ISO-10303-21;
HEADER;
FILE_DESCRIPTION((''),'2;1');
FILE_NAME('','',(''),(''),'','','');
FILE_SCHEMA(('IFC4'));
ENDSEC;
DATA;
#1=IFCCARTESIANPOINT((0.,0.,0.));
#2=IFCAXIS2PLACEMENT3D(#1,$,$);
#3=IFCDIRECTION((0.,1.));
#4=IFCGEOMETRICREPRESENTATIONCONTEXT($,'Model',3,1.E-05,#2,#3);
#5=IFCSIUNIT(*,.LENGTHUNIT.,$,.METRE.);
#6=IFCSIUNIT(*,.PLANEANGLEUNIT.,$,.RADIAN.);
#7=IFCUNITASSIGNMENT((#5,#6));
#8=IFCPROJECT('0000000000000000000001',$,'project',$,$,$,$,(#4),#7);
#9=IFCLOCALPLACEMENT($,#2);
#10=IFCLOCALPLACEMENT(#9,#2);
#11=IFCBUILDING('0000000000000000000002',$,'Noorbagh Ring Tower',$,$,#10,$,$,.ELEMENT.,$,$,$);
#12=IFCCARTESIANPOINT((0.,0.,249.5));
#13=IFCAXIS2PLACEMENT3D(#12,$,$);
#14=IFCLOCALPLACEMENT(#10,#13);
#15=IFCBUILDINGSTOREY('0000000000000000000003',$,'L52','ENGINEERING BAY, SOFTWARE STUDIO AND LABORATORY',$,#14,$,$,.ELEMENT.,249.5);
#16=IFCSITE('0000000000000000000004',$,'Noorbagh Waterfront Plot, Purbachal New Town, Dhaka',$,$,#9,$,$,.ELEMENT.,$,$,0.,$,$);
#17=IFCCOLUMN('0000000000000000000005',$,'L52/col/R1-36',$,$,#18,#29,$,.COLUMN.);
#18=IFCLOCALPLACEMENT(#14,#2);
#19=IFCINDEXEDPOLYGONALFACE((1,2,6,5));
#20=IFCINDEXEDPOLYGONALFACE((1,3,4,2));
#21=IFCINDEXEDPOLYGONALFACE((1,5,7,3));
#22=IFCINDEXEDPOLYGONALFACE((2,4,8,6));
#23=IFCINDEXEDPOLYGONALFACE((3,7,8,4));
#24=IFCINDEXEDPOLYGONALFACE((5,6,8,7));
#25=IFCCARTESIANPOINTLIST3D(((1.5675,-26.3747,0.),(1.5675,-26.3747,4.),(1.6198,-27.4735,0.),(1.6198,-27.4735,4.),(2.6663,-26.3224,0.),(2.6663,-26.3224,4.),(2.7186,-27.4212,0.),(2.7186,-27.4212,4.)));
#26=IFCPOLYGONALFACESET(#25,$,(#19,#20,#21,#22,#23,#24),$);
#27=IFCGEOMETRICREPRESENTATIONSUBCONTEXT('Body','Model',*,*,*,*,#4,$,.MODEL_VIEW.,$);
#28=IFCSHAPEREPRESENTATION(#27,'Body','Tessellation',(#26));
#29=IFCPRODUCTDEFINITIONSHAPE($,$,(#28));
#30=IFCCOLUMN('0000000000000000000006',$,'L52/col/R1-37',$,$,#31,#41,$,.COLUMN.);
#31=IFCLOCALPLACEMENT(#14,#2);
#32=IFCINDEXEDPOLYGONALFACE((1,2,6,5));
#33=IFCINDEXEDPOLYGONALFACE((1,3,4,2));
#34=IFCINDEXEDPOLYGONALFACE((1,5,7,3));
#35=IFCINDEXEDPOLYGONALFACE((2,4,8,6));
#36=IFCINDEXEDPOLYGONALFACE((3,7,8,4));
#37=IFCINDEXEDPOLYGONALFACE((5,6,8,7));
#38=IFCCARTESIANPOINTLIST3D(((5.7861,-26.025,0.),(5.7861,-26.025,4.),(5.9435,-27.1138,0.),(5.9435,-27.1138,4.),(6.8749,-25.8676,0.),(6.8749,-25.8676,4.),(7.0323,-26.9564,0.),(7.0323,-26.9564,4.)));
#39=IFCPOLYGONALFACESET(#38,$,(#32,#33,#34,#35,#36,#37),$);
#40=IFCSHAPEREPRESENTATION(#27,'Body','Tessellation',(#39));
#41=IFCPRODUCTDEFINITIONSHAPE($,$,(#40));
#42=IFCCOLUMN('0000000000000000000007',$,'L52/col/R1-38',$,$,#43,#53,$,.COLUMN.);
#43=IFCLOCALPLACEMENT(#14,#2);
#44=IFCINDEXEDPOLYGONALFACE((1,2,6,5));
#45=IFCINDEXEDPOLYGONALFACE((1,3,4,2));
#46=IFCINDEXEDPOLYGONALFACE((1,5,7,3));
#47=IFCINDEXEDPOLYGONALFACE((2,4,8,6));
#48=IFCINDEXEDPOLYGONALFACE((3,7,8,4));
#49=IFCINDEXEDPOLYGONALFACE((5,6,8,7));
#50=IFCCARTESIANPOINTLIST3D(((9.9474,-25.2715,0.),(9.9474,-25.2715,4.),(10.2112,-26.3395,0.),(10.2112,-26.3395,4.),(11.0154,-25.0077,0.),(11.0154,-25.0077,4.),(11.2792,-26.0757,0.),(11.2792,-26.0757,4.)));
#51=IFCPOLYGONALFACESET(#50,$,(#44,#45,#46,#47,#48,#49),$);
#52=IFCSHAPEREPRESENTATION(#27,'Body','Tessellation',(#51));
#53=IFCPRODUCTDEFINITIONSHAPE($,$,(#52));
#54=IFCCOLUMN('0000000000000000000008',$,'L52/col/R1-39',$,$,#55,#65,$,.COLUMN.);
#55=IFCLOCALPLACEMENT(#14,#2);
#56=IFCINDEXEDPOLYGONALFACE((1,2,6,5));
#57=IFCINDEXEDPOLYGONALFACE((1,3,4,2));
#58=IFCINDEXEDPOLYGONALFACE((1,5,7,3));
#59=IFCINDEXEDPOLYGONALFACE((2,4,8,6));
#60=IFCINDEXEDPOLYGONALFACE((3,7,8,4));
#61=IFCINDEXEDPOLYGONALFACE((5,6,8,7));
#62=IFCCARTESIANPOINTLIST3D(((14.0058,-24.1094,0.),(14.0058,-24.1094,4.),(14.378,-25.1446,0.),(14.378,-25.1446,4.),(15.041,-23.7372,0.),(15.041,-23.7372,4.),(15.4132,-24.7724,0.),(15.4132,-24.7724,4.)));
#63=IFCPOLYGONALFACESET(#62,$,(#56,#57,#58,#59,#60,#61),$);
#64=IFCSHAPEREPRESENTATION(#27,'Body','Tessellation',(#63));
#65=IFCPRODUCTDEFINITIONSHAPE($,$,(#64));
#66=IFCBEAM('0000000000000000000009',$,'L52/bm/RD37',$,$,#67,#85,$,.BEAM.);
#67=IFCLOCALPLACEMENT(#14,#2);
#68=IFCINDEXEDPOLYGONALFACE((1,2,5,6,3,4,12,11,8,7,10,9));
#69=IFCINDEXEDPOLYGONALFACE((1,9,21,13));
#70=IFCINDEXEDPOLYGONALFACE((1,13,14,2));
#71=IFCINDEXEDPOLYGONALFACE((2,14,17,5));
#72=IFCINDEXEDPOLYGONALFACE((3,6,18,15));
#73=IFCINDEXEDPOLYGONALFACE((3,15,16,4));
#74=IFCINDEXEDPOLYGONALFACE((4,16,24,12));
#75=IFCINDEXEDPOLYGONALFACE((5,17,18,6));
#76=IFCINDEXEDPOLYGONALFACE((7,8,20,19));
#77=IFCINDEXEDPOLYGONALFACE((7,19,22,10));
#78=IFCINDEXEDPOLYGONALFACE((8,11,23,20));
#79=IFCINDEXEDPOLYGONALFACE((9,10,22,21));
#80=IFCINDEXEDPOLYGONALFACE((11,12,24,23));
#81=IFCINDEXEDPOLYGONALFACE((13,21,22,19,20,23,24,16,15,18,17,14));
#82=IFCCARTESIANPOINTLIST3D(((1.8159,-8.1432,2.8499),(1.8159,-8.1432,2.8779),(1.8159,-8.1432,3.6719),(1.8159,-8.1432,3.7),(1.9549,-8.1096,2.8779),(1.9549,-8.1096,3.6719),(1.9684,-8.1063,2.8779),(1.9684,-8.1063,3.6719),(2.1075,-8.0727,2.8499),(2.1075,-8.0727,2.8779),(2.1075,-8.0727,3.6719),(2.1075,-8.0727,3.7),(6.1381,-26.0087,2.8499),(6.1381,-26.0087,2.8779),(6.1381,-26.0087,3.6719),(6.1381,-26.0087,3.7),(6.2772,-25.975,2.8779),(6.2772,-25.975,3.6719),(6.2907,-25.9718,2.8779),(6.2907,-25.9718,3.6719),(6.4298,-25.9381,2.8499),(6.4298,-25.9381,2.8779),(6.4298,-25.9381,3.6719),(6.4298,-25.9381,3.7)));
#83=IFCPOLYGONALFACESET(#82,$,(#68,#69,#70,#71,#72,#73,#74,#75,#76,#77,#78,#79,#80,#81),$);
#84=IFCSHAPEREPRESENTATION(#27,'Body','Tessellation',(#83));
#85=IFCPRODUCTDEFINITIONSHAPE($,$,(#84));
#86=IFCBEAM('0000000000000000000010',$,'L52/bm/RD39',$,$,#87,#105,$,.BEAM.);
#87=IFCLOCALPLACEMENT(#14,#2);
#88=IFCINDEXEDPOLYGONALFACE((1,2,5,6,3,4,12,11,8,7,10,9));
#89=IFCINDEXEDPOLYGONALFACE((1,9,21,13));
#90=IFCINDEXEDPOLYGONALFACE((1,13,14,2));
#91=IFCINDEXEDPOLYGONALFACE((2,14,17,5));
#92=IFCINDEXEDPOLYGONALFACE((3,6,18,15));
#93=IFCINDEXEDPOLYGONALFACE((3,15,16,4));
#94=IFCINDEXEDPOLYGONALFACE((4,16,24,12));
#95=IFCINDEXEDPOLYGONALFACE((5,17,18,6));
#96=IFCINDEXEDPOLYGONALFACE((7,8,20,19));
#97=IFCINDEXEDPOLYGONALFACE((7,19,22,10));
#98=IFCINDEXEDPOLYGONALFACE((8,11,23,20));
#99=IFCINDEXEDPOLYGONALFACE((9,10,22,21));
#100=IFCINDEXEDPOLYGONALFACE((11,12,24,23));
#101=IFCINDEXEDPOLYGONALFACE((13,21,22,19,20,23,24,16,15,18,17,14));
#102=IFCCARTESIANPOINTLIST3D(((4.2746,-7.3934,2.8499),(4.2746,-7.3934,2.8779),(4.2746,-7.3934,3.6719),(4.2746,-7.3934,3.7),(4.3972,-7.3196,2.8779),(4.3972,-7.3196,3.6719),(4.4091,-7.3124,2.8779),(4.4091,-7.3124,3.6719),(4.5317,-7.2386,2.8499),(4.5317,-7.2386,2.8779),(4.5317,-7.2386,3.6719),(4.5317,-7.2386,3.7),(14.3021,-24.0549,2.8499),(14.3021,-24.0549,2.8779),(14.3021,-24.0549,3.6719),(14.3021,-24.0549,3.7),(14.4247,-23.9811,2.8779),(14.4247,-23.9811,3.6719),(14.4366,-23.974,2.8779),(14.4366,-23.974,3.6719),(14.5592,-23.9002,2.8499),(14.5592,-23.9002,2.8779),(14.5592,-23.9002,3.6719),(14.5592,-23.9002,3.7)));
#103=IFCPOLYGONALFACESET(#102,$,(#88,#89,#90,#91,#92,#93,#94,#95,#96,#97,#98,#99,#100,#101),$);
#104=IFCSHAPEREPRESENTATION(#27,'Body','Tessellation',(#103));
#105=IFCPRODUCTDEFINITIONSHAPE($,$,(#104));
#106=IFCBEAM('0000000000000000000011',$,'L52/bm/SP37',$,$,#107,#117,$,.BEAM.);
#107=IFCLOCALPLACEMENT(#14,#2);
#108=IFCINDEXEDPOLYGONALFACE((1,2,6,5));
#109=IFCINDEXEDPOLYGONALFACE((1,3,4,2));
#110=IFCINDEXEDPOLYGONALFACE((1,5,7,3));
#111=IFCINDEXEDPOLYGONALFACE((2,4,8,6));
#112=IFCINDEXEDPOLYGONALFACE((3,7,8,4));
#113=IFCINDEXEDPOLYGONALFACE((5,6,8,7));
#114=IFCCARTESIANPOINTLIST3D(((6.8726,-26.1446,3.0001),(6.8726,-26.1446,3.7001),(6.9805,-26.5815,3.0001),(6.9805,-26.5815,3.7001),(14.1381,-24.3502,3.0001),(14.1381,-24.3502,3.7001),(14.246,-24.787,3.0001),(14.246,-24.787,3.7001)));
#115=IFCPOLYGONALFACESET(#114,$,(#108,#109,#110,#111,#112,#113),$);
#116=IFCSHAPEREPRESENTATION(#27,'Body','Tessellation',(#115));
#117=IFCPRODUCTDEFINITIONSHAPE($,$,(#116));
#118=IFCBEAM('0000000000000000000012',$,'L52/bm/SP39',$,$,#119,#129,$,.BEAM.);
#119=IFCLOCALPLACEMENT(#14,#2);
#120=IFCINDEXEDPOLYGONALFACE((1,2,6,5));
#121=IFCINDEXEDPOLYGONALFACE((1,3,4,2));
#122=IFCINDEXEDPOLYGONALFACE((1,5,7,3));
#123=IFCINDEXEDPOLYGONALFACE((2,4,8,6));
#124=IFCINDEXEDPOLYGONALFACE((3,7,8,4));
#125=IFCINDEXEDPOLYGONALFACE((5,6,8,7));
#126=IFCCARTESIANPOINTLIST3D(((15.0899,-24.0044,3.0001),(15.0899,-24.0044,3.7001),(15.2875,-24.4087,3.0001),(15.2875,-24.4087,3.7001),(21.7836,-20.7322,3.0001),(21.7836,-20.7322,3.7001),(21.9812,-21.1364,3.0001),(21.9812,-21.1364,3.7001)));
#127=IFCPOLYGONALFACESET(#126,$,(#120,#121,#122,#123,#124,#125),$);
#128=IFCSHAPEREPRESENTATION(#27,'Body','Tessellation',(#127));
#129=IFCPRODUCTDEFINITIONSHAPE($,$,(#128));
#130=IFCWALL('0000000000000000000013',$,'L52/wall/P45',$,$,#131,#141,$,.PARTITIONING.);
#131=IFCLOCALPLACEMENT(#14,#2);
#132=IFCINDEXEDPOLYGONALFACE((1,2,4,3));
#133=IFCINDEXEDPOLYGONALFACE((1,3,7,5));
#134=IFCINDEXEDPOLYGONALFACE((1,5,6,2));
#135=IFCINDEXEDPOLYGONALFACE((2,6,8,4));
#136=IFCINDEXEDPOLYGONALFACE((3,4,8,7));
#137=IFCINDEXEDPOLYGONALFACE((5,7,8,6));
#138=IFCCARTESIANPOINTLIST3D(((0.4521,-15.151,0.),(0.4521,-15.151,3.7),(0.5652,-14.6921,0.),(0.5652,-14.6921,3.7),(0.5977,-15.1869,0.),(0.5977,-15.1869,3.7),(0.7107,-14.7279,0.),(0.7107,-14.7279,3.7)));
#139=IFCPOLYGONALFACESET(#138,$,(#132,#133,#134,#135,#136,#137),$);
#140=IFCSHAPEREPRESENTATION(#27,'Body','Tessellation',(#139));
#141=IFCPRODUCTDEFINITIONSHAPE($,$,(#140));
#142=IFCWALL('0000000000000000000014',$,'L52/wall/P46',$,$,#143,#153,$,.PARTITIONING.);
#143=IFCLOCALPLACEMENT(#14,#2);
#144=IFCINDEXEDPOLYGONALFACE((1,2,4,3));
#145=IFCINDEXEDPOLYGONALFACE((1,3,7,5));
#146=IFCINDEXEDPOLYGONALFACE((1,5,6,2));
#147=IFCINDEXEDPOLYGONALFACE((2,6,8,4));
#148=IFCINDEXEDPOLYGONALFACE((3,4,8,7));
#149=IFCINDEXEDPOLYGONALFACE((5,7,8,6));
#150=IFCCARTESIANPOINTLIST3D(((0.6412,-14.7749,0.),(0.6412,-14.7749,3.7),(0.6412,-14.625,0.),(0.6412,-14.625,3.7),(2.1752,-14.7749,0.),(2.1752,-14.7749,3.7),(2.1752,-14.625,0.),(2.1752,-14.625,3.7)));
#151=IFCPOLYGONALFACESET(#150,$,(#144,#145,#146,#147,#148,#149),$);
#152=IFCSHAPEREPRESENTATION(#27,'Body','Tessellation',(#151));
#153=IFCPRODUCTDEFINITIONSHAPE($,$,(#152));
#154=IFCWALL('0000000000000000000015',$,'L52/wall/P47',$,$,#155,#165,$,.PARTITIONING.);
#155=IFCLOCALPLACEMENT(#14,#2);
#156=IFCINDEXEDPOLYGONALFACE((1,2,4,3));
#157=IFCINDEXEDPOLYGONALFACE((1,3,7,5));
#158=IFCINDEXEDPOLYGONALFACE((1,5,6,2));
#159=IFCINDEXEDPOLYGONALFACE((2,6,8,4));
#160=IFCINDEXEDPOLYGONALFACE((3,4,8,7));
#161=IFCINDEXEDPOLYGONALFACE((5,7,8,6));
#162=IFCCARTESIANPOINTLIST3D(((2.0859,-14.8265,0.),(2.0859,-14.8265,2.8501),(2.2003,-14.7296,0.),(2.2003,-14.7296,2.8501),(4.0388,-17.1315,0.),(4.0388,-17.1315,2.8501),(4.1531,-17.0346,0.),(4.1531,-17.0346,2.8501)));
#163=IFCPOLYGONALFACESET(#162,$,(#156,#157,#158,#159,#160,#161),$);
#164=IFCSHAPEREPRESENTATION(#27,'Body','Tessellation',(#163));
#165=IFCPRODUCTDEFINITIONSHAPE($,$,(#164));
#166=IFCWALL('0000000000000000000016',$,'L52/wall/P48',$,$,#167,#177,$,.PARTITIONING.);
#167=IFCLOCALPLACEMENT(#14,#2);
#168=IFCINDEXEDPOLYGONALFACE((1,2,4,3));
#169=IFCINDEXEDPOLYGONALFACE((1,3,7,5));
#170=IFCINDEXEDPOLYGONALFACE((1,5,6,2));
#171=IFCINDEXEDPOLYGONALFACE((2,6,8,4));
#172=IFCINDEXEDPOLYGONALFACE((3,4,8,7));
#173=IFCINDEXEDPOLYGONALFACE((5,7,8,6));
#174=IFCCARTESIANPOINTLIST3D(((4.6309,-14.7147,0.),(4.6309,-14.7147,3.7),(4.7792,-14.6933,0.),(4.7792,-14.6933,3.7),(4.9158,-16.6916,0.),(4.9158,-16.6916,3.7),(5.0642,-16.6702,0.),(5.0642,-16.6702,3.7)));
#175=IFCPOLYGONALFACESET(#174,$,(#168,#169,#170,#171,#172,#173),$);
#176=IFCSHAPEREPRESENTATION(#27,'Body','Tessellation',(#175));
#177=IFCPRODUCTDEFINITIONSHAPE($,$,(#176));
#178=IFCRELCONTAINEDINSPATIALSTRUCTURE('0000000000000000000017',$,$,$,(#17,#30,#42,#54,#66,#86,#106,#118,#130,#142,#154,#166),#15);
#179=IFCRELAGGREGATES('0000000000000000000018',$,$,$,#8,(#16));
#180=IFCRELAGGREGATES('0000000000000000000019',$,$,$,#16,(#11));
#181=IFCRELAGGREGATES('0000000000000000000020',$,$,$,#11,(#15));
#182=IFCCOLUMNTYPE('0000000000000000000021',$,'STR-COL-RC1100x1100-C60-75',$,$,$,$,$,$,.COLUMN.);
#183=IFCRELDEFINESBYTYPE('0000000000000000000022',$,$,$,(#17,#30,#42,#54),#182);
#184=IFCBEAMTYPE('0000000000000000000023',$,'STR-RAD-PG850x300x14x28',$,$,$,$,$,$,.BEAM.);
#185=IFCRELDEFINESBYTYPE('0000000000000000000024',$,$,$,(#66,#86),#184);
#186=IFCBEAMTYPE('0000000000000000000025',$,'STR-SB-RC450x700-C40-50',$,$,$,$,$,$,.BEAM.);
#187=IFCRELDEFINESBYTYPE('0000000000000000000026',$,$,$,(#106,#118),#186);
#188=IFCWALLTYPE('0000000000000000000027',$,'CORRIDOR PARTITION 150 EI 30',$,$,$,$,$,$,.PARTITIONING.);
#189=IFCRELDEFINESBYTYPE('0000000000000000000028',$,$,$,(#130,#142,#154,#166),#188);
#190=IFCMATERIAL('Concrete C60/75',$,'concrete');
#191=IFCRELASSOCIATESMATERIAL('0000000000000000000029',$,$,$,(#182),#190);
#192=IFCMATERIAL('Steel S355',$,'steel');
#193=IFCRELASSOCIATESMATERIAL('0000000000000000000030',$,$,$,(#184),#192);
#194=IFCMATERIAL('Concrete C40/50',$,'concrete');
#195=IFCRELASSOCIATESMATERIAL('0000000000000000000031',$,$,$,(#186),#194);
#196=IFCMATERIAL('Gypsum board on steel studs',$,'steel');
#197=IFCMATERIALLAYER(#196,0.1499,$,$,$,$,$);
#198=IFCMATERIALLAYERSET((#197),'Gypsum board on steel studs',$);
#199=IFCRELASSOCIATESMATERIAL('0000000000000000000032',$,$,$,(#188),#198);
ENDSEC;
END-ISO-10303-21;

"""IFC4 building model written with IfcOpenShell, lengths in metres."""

from ifc_helpers import new_model, si_unit, direction, frame, frame_2d, origin, origin_2d, place, context, subcontext, project, spatial, rectangle, i_section, extrude, material, layer, layer_set, material_profile, profile_set, type_object, element, save


model = new_model("IFC4")

# Units and contexts
model_context = context("Model", 3, precision=1e-05, world=origin(), true_north=direction((0.0, 1.0)))
body_context = subcontext(model_context, "Body", "Model", "MODEL_VIEW")
ifc_project = project(units=[si_unit("LENGTHUNIT", "METRE"), si_unit("PLANEANGLEUNIT", "RADIAN")], contexts=[model_context])

# Site, building, storey
site_placement = place(None, origin())
site = spatial("IfcSite", under=ifc_project, at=site_placement, Name="Noorbagh Waterfront Plot, Purbachal New Town, Dhaka", CompositionType="ELEMENT", RefElevation=0.0)
building_placement = place(site_placement, origin())
building = spatial("IfcBuilding", under=site, at=building_placement, Name="Noorbagh Ring Tower", CompositionType="ELEMENT")
storey_placement = place(building_placement, frame((0.0, 0.0, 249.5)))
storey = spatial("IfcBuildingStorey", under=building, at=storey_placement, Name="L52", Description="ENGINEERING BAY, SOFTWARE STUDIO AND LABORATORY", CompositionType="ELEMENT", Elevation=249.5)

# Columns
ifc_material_1 = material(Name="Concrete C60/75", Category="concrete")
ifc_material_profile_1 = material_profile(ifc_material_1, rectangle(XDim=1.1001, YDim=1.1001, at=origin_2d()), Name="RC1100x1100")
ifc_profile_set_1 = profile_set([ifc_material_profile_1], Name="Concrete C60/75")
column_type = type_object("IfcColumnType", Name="STR-COL-RC1100x1100-C60-75", PredefinedType="COLUMN", material=ifc_profile_set_1)
for number, where, z_axis, x_axis, name in (
    (1, (2.1431, -26.8979, 0.0), (0.0, 0.0, 1.0), (0.998869, 0.047553, 0.0), "L52/col/R1-36"),
    (2, (6.4092, -26.4907, 0.0), (0.0, 0.0, 1.0), (0.989713, 0.143066, 0.0), "L52/col/R1-37"),
    (3, (10.6133, -25.6736, 0.0), (0.0, 0.0, 1.0), (0.970829, 0.239771, 0.0), "L52/col/R1-38"),
    (4, (14.7095, -24.4409, 0.0), (0.0, 0.0, 1.0), (0.941025, 0.338338, 0.0), "L52/col/R1-39"),
):
    element("IfcColumn", number, at=place(storey_placement, frame(where, z_axis=z_axis, x_axis=x_axis)), inside=storey, type_object=column_type, Name=name, PredefinedType="COLUMN", context=body_context, shape_type="SweptSolid", body=[
        extrude(rectangle(XDim=1.1001, YDim=1.1001, at=origin_2d()), origin(), (0.0, 0.0, 1.0), 4.0),
    ])

# Beams
ifc_material_2 = material(Name="Steel S355", Category="steel")
ifc_material_profile_2 = material_profile(ifc_material_2, i_section(OverallWidth=0.3, OverallDepth=0.8501, WebThickness=0.0139, FlangeThickness=0.0281, at=origin_2d()), Name="PG850x300x14x28")
ifc_profile_set_2 = profile_set([ifc_material_profile_2], Name="Steel S355")
beam_type_1 = type_object("IfcBeamType", Name="STR-RAD-PG850x300x14x28", PredefinedType="BEAM", material=ifc_profile_set_2)
beam_1_placement = place(storey_placement, frame((6.2839, -25.9734, 3.2749), z_axis=(-0.23515, 0.971959, 0.0), x_axis=(-0.971959, -0.23515, 0.0)))
element("IfcBeam", 5, at=beam_1_placement, inside=storey, type_object=beam_type_1, Name="L52/bm/RD37", PredefinedType="BEAM", context=body_context, shape_type="SweptSolid", body=[
    extrude(i_section(OverallWidth=0.3, OverallDepth=0.8501, WebThickness=0.0139, FlangeThickness=0.0281, at=origin_2d()), origin(), (0.0, 0.0, 1.0), 18.3809),
])
beam_2_placement = place(storey_placement, frame((14.4307, -23.9775, 3.2749), z_axis=(-0.515653, 0.856798, 0.0), x_axis=(-0.856798, -0.515653, 0.0)))
element("IfcBeam", 6, at=beam_2_placement, inside=storey, type_object=beam_type_1, Name="L52/bm/RD39", PredefinedType="BEAM", context=body_context, shape_type="SweptSolid", body=[
    extrude(i_section(OverallWidth=0.3, OverallDepth=0.8501, WebThickness=0.0139, FlangeThickness=0.0281, at=origin_2d()), origin(), (0.0, 0.0, 1.0), 19.4463),
])
ifc_material_3 = material(Name="Concrete C40/50", Category="concrete")
ifc_material_profile_3 = material_profile(ifc_material_3, rectangle(XDim=0.45, YDim=0.7, at=origin_2d()), Name="RC450x700")
ifc_profile_set_3 = profile_set([ifc_material_profile_3], Name="Concrete C40/50")
beam_type_2 = type_object("IfcBeamType", Name="STR-SB-RC450x700-C40-50", PredefinedType="BEAM", material=ifc_profile_set_3)
beam_3_placement = place(storey_placement, frame((6.9265, -26.363, 3.3501), z_axis=(0.970829, 0.239771, 0.0), x_axis=(-0.239771, 0.970829, 0.0)))
element("IfcBeam", 7, at=beam_3_placement, inside=storey, type_object=beam_type_2, Name="L52/bm/SP37", PredefinedType="BEAM", context=body_context, shape_type="SweptSolid", body=[
    extrude(rectangle(XDim=0.45, YDim=0.7, at=origin_2d()), origin(), (0.0, 0.0, 1.0), 7.4839),
])
beam_4_placement = place(storey_placement, frame((15.1887, -24.2065, 3.3501), z_axis=(0.898396, 0.439187, 0.0), x_axis=(-0.439187, 0.898396, 0.0)))
element("IfcBeam", 8, at=beam_4_placement, inside=storey, type_object=beam_type_2, Name="L52/bm/SP39", PredefinedType="BEAM", context=body_context, shape_type="SweptSolid", body=[
    extrude(rectangle(XDim=0.45, YDim=0.7, at=origin_2d()), origin(), (0.0, 0.0, 1.0), 7.4507),
])

# Walls
ifc_material_4 = material(Name="Gypsum board on steel studs", Category="steel")
ifc_layer_1 = layer(ifc_material_4, 0.1499)
ifc_layer_set_1 = layer_set([ifc_layer_1], Name="Gypsum board on steel studs")
wall_type_1 = type_object("IfcWallType", Name="CORRIDOR PARTITION 150 EI 30", PredefinedType="PARTITIONING", material=ifc_layer_set_1)
wall_1_placement = place(storey_placement, frame((0.5249, -15.1689, 0.0), z_axis=(0.0, 0.0, 1.0), x_axis=(0.239131, 0.970987, 0.0)))
element("IfcWall", 9, at=wall_1_placement, inside=storey, type_object=wall_type_1, Name="L52/wall/P45", PredefinedType="PARTITIONING", context=body_context, shape_type="SweptSolid", body=[
    extrude(rectangle(XDim=0.4727, YDim=0.1499, at=frame_2d((0.2363, 0.0))), origin(), (0.0, 0.0, 1.0), 3.7),
])
wall_2_placement = place(storey_placement, frame((0.6411, -14.7, 0.0), z_axis=(0.0, 0.0, 1.0), x_axis=(1.0, 0.0, 0.0)))
element("IfcWall", 10, at=wall_2_placement, inside=storey, type_object=wall_type_1, Name="L52/wall/P46", PredefinedType="PARTITIONING", context=body_context, shape_type="SweptSolid", body=[
    extrude(rectangle(XDim=1.5339, YDim=0.1499, at=frame_2d((0.7671, 0.0))), origin(), (0.0, 0.0, 1.0), 3.7),
])
wall_3_placement = place(storey_placement, frame((2.1431, -14.7781, 0.0), z_axis=(0.0, 0.0, 1.0), x_axis=(0.646435, -0.762969, 0.0)))
element("IfcWall", 11, at=wall_3_placement, inside=storey, type_object=wall_type_1, Name="L52/wall/P47", PredefinedType="PARTITIONING", context=body_context, shape_type="SweptSolid", body=[
    extrude(rectangle(XDim=3.021, YDim=0.1499, at=frame_2d((1.5105, 0.0))), origin(), (0.0, 0.0, 1.0), 2.8501),
])
wall_4_placement = place(storey_placement, frame((4.7051, -14.7041, 0.0), z_axis=(0.0, 0.0, 1.0), x_axis=(0.142653, -0.989773, 0.0)))
element("IfcWall", 12, at=wall_4_placement, inside=storey, type_object=wall_type_1, Name="L52/wall/P48", PredefinedType="PARTITIONING", context=body_context, shape_type="SweptSolid", body=[
    extrude(rectangle(XDim=1.9973, YDim=0.1499, at=frame_2d((0.9985, 0.0))), origin(), (0.0, 0.0, 1.0), 3.7),
])

save(model, "model.ifc")
